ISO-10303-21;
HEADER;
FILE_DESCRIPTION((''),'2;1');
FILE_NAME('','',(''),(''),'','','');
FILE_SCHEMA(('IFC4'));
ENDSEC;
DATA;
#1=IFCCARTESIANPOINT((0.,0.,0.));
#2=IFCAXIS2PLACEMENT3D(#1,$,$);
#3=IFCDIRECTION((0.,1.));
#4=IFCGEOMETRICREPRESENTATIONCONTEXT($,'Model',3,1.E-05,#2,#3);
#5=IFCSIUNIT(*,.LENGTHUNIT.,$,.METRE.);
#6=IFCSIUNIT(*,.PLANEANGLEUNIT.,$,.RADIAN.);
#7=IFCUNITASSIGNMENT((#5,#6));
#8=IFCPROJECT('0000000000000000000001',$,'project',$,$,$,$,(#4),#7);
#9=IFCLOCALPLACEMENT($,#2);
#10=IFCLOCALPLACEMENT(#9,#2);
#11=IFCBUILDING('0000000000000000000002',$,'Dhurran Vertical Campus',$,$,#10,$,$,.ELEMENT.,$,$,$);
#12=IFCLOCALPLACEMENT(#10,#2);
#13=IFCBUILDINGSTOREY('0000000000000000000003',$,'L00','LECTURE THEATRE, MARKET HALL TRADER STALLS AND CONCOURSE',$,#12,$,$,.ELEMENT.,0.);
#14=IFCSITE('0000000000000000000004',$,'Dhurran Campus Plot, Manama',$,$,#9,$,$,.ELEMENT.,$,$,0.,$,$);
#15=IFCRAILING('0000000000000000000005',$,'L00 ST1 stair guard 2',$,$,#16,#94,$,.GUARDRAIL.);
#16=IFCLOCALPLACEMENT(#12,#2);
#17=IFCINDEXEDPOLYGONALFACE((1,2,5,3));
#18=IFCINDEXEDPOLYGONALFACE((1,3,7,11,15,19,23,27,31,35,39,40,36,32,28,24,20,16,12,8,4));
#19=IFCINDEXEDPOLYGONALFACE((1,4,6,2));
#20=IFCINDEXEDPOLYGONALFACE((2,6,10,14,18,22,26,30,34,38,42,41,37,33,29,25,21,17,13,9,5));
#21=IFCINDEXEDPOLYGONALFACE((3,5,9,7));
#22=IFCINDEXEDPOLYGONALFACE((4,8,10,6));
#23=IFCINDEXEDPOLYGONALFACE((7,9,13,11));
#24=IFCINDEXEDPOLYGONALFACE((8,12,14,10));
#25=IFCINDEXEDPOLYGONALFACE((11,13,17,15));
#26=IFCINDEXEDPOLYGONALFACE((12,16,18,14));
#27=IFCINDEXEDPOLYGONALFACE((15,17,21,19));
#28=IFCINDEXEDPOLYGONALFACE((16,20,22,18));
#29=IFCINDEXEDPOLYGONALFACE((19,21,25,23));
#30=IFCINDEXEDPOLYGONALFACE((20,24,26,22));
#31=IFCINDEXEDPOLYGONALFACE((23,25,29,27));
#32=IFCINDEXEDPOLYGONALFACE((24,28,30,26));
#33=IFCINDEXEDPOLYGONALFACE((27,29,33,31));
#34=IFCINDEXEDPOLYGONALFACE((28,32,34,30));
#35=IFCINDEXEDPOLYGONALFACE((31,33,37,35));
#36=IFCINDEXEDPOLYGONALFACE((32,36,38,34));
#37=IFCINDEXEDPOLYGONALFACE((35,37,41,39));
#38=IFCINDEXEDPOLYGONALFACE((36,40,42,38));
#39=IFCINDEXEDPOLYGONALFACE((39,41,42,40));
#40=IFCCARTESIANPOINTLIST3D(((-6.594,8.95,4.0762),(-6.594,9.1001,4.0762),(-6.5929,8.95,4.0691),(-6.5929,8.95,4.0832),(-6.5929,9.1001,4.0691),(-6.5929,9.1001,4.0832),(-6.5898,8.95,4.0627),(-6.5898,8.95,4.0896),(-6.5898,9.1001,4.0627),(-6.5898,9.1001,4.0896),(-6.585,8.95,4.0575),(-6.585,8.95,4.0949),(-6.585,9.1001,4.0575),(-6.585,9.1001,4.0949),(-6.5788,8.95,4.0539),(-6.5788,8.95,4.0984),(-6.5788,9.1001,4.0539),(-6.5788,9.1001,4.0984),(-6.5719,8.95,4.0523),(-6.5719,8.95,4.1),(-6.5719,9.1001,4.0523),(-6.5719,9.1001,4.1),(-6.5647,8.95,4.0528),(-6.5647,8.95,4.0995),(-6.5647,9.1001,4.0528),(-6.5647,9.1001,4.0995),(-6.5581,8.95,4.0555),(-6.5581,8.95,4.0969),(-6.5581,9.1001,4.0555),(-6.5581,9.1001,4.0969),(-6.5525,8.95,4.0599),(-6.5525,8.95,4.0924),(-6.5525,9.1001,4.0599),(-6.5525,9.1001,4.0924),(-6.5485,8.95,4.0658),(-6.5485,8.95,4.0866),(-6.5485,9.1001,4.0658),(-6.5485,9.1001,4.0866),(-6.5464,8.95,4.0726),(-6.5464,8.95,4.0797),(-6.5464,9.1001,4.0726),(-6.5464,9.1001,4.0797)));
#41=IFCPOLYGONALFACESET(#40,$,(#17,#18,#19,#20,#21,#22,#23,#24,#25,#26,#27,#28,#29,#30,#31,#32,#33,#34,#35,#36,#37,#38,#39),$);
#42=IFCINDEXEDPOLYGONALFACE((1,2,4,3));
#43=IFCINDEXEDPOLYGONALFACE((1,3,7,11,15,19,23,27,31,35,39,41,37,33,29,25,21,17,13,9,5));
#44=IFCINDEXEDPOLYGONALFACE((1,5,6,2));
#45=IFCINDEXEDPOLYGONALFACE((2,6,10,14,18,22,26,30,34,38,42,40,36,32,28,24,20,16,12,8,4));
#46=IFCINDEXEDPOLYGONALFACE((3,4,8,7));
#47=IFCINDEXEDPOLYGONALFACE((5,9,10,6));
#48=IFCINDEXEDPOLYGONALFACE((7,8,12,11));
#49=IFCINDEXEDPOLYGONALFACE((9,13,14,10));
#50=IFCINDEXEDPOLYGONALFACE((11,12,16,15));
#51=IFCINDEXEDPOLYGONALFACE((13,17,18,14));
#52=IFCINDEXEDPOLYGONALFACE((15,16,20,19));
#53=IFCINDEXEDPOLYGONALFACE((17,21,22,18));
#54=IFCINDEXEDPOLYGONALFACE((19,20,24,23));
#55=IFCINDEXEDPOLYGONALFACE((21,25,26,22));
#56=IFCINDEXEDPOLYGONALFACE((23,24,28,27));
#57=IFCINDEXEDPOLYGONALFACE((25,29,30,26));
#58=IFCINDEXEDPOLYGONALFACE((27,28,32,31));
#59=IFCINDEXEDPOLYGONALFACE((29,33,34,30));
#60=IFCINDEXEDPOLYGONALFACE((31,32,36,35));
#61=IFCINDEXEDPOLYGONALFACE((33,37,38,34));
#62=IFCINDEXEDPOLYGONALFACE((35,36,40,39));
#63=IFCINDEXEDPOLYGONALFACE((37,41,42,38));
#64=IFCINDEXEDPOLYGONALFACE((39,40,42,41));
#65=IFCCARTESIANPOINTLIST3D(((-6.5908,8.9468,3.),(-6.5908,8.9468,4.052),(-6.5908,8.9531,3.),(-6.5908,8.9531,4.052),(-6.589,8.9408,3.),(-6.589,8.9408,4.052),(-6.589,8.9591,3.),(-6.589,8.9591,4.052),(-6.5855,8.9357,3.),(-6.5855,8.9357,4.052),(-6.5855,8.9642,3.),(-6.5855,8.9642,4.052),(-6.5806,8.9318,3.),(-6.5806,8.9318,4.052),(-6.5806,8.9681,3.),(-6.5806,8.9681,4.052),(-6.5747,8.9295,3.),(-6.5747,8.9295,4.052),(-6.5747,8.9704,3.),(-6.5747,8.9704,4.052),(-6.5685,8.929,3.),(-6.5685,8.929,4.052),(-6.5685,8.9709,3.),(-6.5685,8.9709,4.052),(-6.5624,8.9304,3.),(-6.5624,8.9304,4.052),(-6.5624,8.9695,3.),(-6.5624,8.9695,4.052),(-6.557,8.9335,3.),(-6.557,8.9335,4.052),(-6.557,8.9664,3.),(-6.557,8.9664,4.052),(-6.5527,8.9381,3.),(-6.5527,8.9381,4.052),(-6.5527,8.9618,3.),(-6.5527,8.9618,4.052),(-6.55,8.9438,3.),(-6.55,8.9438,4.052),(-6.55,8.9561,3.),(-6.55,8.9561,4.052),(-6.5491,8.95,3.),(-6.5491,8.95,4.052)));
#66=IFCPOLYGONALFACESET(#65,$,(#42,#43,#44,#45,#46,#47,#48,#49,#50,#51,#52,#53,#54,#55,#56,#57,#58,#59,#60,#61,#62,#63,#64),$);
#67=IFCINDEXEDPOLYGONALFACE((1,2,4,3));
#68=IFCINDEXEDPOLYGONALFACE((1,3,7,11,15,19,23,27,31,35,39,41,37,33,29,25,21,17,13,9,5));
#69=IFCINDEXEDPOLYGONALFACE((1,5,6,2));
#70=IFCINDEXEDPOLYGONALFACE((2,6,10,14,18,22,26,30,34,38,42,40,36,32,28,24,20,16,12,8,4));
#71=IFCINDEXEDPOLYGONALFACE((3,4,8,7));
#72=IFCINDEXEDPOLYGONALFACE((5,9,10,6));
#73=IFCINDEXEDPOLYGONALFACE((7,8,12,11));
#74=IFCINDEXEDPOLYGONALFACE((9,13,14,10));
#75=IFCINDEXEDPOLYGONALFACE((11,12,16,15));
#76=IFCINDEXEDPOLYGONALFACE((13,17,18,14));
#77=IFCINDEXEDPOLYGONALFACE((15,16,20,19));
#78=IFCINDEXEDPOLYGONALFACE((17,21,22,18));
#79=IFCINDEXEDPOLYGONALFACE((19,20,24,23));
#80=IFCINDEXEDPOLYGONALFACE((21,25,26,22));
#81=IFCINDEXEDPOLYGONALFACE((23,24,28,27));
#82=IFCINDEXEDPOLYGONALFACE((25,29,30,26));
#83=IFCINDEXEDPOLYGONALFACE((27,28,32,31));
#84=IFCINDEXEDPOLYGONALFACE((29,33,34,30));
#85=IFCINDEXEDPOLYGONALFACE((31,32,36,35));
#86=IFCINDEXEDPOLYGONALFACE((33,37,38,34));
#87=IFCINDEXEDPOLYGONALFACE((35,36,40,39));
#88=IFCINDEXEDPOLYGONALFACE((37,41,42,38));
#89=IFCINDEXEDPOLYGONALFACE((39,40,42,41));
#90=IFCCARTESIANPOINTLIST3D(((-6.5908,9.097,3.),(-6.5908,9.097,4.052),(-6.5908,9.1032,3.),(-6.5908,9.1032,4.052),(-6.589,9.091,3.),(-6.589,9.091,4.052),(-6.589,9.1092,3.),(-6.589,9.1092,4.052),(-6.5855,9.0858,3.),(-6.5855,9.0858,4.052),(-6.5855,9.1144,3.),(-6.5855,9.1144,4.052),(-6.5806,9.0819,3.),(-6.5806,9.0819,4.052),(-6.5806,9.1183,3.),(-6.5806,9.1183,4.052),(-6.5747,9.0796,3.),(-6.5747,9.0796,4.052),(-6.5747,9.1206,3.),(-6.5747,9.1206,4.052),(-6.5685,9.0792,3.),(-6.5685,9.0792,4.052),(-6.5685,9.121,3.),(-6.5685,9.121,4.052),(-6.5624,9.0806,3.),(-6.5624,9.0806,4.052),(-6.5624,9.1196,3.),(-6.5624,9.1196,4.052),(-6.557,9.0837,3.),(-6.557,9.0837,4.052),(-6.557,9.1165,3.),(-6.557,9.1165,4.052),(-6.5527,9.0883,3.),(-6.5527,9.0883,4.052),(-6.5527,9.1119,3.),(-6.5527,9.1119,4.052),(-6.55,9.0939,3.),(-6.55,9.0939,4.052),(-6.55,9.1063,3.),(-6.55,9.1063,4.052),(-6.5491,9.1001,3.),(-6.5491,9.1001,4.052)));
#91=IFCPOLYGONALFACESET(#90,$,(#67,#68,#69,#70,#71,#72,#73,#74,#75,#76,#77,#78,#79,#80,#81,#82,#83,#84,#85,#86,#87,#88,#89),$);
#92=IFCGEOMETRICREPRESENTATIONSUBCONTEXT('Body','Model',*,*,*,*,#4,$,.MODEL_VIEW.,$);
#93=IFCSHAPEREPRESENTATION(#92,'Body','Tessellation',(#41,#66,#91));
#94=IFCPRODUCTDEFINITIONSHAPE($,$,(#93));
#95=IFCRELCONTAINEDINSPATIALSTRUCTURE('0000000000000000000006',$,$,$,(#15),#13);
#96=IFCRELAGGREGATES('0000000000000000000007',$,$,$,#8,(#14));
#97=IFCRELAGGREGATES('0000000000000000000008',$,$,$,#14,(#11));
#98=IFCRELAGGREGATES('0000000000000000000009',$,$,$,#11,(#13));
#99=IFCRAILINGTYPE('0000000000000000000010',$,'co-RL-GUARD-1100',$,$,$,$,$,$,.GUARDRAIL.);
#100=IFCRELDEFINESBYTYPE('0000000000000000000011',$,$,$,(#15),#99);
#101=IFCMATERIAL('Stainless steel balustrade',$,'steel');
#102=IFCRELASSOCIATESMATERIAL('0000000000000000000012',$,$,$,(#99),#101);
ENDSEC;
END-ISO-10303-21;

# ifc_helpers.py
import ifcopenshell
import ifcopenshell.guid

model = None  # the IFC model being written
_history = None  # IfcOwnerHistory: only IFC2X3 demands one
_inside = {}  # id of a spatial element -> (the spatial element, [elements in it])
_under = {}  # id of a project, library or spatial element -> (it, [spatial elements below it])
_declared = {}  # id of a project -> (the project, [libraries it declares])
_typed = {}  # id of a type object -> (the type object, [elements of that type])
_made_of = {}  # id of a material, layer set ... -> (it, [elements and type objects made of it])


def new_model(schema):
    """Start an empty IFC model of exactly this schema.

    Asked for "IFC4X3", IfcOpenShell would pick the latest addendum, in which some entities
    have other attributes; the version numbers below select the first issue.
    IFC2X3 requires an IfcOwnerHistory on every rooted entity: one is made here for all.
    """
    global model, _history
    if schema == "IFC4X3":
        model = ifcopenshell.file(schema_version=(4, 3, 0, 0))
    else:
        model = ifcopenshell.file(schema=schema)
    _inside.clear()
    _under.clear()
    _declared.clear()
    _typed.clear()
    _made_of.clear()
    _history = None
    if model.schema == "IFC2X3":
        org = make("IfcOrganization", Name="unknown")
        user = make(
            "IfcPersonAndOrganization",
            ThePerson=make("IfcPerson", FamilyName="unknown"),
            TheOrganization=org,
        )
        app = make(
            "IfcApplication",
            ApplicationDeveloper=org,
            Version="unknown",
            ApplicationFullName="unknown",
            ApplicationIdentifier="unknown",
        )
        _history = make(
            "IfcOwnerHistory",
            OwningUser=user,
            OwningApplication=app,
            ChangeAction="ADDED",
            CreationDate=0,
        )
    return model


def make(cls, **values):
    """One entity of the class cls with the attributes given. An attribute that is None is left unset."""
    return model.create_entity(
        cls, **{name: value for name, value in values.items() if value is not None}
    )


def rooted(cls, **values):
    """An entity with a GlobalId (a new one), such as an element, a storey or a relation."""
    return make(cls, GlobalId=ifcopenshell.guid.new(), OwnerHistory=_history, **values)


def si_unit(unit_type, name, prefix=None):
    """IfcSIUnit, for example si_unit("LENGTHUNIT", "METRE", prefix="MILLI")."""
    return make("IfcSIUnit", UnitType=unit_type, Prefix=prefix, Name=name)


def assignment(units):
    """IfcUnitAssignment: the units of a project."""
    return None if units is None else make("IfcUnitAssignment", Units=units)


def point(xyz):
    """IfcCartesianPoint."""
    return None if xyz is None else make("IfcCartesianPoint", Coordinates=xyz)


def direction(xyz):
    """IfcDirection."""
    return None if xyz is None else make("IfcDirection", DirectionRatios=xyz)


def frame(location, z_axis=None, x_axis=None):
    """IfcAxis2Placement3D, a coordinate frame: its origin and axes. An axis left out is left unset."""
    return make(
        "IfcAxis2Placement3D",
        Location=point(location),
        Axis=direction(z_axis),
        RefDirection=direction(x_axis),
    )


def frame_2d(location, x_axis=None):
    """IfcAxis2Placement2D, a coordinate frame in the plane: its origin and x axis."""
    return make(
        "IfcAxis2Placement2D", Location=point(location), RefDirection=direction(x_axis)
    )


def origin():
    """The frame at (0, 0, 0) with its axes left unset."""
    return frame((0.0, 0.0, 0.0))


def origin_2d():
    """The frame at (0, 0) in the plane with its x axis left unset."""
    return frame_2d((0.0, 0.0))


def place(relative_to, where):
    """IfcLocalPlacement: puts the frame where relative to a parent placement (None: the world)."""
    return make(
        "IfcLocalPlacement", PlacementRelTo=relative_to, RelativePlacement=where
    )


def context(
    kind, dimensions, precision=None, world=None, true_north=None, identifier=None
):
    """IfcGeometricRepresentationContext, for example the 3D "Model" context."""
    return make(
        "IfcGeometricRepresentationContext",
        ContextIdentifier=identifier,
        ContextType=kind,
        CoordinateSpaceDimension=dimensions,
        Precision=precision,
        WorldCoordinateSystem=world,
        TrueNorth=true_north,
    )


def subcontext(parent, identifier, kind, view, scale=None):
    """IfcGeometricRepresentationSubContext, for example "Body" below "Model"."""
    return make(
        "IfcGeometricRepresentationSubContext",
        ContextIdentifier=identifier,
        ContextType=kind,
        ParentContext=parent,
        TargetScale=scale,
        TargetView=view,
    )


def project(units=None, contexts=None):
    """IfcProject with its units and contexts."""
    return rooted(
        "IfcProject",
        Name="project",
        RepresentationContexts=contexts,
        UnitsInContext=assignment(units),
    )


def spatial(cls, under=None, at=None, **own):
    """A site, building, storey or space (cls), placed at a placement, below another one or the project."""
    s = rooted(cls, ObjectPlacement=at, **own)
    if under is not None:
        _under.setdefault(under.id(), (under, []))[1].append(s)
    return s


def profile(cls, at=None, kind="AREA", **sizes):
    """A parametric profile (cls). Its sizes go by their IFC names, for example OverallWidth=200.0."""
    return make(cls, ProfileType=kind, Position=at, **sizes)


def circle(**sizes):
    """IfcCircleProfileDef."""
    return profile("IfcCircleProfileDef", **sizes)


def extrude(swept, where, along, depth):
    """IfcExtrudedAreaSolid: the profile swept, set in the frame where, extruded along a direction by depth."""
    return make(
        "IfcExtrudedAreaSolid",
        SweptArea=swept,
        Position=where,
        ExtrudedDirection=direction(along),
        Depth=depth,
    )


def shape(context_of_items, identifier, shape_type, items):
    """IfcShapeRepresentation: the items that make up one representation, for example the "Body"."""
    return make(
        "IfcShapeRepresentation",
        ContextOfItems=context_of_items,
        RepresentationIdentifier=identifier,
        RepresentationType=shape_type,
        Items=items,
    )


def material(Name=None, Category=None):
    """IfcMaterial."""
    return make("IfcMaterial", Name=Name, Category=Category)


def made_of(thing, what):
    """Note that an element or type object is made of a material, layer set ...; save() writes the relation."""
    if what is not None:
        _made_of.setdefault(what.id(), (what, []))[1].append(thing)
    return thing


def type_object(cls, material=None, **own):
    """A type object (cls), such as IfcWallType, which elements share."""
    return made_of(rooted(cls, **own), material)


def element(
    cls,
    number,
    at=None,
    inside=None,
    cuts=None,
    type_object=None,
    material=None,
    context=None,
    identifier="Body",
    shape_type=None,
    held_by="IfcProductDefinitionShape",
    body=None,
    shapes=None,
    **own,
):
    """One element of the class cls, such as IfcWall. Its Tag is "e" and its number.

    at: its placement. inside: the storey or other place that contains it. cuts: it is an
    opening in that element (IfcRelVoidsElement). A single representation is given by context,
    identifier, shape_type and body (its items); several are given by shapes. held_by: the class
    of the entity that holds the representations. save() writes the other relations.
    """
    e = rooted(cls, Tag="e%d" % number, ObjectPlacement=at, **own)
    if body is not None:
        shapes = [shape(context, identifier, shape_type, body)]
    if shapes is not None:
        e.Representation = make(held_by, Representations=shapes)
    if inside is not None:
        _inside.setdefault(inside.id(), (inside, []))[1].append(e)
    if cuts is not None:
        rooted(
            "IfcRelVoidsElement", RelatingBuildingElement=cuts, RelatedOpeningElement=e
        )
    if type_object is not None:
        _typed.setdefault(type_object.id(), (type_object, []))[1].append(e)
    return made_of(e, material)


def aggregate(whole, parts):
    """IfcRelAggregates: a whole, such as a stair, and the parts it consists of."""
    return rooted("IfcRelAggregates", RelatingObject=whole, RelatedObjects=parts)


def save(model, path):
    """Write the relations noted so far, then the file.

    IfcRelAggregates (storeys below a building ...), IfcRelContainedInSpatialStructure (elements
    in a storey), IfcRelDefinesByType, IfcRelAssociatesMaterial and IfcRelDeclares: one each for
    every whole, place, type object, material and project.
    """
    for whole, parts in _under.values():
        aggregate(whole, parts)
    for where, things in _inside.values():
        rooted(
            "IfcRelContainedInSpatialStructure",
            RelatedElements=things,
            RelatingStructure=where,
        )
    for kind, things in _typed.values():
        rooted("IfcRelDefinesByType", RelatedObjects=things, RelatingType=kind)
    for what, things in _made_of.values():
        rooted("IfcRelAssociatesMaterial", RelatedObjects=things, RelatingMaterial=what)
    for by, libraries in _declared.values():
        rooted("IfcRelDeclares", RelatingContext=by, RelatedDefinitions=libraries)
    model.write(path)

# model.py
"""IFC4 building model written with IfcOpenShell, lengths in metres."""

from ifc_helpers import new_model, si_unit, direction, frame, origin, origin_2d, place, context, subcontext, project, spatial, circle, extrude, material, type_object, element, save


model = new_model("IFC4")

# Units and contexts
model_context = context("Model", 3, precision=1e-05, world=origin(), true_north=direction((0.0, 1.0)))
body_context = subcontext(model_context, "Body", "Model", "MODEL_VIEW")
ifc_project = project(units=[si_unit("LENGTHUNIT", "METRE"), si_unit("PLANEANGLEUNIT", "RADIAN")], contexts=[model_context])

# Site, building, storey
site_placement = place(None, origin())
site = spatial("IfcSite", under=ifc_project, at=site_placement, Name="Dhurran Campus Plot, Manama", CompositionType="ELEMENT", RefElevation=0.0)
building_placement = place(site_placement, origin())
building = spatial("IfcBuilding", under=site, at=building_placement, Name="Dhurran Vertical Campus", CompositionType="ELEMENT")
storey_placement = place(building_placement, origin())
storey = spatial("IfcBuildingStorey", under=building, at=storey_placement, Name="L00", Description="LECTURE THEATRE, MARKET HALL TRADER STALLS AND CONCOURSE", CompositionType="ELEMENT", Elevation=0.0)

# Railing
ifc_material_1 = material(Name="Stainless steel balustrade", Category="steel")
railing_type_1 = type_object("IfcRailingType", Name="co-RL-GUARD-1100", PredefinedType="GUARDRAIL", material=ifc_material_1)
railing_1_placement = place(storey_placement, frame((-6.5701, 8.95, 3.0)))
element("IfcRailing", 1, at=railing_1_placement, inside=storey, type_object=railing_type_1, Name="L00 ST1 stair guard 2", PredefinedType="GUARDRAIL", context=body_context, shape_type="SweptSolid", body=[
    extrude(circle(Radius=0.0239, at=origin_2d()), frame((0.0, 0.0, 1.0762), z_axis=(0.0, 1.0, 0.0), x_axis=(-1.0, 0.0, 0.0)), (0.0, 0.0, 1.0), 0.1501),
    extrude(circle(Radius=0.021, at=origin_2d()), origin(), (0.0, 0.0, 1.0), 1.052),
    extrude(circle(Radius=0.021, at=origin_2d()), frame((0.0, 0.1501, 0.0)), (0.0, 0.0, 1.0), 1.052),
])

save(model, "model.ifc")
